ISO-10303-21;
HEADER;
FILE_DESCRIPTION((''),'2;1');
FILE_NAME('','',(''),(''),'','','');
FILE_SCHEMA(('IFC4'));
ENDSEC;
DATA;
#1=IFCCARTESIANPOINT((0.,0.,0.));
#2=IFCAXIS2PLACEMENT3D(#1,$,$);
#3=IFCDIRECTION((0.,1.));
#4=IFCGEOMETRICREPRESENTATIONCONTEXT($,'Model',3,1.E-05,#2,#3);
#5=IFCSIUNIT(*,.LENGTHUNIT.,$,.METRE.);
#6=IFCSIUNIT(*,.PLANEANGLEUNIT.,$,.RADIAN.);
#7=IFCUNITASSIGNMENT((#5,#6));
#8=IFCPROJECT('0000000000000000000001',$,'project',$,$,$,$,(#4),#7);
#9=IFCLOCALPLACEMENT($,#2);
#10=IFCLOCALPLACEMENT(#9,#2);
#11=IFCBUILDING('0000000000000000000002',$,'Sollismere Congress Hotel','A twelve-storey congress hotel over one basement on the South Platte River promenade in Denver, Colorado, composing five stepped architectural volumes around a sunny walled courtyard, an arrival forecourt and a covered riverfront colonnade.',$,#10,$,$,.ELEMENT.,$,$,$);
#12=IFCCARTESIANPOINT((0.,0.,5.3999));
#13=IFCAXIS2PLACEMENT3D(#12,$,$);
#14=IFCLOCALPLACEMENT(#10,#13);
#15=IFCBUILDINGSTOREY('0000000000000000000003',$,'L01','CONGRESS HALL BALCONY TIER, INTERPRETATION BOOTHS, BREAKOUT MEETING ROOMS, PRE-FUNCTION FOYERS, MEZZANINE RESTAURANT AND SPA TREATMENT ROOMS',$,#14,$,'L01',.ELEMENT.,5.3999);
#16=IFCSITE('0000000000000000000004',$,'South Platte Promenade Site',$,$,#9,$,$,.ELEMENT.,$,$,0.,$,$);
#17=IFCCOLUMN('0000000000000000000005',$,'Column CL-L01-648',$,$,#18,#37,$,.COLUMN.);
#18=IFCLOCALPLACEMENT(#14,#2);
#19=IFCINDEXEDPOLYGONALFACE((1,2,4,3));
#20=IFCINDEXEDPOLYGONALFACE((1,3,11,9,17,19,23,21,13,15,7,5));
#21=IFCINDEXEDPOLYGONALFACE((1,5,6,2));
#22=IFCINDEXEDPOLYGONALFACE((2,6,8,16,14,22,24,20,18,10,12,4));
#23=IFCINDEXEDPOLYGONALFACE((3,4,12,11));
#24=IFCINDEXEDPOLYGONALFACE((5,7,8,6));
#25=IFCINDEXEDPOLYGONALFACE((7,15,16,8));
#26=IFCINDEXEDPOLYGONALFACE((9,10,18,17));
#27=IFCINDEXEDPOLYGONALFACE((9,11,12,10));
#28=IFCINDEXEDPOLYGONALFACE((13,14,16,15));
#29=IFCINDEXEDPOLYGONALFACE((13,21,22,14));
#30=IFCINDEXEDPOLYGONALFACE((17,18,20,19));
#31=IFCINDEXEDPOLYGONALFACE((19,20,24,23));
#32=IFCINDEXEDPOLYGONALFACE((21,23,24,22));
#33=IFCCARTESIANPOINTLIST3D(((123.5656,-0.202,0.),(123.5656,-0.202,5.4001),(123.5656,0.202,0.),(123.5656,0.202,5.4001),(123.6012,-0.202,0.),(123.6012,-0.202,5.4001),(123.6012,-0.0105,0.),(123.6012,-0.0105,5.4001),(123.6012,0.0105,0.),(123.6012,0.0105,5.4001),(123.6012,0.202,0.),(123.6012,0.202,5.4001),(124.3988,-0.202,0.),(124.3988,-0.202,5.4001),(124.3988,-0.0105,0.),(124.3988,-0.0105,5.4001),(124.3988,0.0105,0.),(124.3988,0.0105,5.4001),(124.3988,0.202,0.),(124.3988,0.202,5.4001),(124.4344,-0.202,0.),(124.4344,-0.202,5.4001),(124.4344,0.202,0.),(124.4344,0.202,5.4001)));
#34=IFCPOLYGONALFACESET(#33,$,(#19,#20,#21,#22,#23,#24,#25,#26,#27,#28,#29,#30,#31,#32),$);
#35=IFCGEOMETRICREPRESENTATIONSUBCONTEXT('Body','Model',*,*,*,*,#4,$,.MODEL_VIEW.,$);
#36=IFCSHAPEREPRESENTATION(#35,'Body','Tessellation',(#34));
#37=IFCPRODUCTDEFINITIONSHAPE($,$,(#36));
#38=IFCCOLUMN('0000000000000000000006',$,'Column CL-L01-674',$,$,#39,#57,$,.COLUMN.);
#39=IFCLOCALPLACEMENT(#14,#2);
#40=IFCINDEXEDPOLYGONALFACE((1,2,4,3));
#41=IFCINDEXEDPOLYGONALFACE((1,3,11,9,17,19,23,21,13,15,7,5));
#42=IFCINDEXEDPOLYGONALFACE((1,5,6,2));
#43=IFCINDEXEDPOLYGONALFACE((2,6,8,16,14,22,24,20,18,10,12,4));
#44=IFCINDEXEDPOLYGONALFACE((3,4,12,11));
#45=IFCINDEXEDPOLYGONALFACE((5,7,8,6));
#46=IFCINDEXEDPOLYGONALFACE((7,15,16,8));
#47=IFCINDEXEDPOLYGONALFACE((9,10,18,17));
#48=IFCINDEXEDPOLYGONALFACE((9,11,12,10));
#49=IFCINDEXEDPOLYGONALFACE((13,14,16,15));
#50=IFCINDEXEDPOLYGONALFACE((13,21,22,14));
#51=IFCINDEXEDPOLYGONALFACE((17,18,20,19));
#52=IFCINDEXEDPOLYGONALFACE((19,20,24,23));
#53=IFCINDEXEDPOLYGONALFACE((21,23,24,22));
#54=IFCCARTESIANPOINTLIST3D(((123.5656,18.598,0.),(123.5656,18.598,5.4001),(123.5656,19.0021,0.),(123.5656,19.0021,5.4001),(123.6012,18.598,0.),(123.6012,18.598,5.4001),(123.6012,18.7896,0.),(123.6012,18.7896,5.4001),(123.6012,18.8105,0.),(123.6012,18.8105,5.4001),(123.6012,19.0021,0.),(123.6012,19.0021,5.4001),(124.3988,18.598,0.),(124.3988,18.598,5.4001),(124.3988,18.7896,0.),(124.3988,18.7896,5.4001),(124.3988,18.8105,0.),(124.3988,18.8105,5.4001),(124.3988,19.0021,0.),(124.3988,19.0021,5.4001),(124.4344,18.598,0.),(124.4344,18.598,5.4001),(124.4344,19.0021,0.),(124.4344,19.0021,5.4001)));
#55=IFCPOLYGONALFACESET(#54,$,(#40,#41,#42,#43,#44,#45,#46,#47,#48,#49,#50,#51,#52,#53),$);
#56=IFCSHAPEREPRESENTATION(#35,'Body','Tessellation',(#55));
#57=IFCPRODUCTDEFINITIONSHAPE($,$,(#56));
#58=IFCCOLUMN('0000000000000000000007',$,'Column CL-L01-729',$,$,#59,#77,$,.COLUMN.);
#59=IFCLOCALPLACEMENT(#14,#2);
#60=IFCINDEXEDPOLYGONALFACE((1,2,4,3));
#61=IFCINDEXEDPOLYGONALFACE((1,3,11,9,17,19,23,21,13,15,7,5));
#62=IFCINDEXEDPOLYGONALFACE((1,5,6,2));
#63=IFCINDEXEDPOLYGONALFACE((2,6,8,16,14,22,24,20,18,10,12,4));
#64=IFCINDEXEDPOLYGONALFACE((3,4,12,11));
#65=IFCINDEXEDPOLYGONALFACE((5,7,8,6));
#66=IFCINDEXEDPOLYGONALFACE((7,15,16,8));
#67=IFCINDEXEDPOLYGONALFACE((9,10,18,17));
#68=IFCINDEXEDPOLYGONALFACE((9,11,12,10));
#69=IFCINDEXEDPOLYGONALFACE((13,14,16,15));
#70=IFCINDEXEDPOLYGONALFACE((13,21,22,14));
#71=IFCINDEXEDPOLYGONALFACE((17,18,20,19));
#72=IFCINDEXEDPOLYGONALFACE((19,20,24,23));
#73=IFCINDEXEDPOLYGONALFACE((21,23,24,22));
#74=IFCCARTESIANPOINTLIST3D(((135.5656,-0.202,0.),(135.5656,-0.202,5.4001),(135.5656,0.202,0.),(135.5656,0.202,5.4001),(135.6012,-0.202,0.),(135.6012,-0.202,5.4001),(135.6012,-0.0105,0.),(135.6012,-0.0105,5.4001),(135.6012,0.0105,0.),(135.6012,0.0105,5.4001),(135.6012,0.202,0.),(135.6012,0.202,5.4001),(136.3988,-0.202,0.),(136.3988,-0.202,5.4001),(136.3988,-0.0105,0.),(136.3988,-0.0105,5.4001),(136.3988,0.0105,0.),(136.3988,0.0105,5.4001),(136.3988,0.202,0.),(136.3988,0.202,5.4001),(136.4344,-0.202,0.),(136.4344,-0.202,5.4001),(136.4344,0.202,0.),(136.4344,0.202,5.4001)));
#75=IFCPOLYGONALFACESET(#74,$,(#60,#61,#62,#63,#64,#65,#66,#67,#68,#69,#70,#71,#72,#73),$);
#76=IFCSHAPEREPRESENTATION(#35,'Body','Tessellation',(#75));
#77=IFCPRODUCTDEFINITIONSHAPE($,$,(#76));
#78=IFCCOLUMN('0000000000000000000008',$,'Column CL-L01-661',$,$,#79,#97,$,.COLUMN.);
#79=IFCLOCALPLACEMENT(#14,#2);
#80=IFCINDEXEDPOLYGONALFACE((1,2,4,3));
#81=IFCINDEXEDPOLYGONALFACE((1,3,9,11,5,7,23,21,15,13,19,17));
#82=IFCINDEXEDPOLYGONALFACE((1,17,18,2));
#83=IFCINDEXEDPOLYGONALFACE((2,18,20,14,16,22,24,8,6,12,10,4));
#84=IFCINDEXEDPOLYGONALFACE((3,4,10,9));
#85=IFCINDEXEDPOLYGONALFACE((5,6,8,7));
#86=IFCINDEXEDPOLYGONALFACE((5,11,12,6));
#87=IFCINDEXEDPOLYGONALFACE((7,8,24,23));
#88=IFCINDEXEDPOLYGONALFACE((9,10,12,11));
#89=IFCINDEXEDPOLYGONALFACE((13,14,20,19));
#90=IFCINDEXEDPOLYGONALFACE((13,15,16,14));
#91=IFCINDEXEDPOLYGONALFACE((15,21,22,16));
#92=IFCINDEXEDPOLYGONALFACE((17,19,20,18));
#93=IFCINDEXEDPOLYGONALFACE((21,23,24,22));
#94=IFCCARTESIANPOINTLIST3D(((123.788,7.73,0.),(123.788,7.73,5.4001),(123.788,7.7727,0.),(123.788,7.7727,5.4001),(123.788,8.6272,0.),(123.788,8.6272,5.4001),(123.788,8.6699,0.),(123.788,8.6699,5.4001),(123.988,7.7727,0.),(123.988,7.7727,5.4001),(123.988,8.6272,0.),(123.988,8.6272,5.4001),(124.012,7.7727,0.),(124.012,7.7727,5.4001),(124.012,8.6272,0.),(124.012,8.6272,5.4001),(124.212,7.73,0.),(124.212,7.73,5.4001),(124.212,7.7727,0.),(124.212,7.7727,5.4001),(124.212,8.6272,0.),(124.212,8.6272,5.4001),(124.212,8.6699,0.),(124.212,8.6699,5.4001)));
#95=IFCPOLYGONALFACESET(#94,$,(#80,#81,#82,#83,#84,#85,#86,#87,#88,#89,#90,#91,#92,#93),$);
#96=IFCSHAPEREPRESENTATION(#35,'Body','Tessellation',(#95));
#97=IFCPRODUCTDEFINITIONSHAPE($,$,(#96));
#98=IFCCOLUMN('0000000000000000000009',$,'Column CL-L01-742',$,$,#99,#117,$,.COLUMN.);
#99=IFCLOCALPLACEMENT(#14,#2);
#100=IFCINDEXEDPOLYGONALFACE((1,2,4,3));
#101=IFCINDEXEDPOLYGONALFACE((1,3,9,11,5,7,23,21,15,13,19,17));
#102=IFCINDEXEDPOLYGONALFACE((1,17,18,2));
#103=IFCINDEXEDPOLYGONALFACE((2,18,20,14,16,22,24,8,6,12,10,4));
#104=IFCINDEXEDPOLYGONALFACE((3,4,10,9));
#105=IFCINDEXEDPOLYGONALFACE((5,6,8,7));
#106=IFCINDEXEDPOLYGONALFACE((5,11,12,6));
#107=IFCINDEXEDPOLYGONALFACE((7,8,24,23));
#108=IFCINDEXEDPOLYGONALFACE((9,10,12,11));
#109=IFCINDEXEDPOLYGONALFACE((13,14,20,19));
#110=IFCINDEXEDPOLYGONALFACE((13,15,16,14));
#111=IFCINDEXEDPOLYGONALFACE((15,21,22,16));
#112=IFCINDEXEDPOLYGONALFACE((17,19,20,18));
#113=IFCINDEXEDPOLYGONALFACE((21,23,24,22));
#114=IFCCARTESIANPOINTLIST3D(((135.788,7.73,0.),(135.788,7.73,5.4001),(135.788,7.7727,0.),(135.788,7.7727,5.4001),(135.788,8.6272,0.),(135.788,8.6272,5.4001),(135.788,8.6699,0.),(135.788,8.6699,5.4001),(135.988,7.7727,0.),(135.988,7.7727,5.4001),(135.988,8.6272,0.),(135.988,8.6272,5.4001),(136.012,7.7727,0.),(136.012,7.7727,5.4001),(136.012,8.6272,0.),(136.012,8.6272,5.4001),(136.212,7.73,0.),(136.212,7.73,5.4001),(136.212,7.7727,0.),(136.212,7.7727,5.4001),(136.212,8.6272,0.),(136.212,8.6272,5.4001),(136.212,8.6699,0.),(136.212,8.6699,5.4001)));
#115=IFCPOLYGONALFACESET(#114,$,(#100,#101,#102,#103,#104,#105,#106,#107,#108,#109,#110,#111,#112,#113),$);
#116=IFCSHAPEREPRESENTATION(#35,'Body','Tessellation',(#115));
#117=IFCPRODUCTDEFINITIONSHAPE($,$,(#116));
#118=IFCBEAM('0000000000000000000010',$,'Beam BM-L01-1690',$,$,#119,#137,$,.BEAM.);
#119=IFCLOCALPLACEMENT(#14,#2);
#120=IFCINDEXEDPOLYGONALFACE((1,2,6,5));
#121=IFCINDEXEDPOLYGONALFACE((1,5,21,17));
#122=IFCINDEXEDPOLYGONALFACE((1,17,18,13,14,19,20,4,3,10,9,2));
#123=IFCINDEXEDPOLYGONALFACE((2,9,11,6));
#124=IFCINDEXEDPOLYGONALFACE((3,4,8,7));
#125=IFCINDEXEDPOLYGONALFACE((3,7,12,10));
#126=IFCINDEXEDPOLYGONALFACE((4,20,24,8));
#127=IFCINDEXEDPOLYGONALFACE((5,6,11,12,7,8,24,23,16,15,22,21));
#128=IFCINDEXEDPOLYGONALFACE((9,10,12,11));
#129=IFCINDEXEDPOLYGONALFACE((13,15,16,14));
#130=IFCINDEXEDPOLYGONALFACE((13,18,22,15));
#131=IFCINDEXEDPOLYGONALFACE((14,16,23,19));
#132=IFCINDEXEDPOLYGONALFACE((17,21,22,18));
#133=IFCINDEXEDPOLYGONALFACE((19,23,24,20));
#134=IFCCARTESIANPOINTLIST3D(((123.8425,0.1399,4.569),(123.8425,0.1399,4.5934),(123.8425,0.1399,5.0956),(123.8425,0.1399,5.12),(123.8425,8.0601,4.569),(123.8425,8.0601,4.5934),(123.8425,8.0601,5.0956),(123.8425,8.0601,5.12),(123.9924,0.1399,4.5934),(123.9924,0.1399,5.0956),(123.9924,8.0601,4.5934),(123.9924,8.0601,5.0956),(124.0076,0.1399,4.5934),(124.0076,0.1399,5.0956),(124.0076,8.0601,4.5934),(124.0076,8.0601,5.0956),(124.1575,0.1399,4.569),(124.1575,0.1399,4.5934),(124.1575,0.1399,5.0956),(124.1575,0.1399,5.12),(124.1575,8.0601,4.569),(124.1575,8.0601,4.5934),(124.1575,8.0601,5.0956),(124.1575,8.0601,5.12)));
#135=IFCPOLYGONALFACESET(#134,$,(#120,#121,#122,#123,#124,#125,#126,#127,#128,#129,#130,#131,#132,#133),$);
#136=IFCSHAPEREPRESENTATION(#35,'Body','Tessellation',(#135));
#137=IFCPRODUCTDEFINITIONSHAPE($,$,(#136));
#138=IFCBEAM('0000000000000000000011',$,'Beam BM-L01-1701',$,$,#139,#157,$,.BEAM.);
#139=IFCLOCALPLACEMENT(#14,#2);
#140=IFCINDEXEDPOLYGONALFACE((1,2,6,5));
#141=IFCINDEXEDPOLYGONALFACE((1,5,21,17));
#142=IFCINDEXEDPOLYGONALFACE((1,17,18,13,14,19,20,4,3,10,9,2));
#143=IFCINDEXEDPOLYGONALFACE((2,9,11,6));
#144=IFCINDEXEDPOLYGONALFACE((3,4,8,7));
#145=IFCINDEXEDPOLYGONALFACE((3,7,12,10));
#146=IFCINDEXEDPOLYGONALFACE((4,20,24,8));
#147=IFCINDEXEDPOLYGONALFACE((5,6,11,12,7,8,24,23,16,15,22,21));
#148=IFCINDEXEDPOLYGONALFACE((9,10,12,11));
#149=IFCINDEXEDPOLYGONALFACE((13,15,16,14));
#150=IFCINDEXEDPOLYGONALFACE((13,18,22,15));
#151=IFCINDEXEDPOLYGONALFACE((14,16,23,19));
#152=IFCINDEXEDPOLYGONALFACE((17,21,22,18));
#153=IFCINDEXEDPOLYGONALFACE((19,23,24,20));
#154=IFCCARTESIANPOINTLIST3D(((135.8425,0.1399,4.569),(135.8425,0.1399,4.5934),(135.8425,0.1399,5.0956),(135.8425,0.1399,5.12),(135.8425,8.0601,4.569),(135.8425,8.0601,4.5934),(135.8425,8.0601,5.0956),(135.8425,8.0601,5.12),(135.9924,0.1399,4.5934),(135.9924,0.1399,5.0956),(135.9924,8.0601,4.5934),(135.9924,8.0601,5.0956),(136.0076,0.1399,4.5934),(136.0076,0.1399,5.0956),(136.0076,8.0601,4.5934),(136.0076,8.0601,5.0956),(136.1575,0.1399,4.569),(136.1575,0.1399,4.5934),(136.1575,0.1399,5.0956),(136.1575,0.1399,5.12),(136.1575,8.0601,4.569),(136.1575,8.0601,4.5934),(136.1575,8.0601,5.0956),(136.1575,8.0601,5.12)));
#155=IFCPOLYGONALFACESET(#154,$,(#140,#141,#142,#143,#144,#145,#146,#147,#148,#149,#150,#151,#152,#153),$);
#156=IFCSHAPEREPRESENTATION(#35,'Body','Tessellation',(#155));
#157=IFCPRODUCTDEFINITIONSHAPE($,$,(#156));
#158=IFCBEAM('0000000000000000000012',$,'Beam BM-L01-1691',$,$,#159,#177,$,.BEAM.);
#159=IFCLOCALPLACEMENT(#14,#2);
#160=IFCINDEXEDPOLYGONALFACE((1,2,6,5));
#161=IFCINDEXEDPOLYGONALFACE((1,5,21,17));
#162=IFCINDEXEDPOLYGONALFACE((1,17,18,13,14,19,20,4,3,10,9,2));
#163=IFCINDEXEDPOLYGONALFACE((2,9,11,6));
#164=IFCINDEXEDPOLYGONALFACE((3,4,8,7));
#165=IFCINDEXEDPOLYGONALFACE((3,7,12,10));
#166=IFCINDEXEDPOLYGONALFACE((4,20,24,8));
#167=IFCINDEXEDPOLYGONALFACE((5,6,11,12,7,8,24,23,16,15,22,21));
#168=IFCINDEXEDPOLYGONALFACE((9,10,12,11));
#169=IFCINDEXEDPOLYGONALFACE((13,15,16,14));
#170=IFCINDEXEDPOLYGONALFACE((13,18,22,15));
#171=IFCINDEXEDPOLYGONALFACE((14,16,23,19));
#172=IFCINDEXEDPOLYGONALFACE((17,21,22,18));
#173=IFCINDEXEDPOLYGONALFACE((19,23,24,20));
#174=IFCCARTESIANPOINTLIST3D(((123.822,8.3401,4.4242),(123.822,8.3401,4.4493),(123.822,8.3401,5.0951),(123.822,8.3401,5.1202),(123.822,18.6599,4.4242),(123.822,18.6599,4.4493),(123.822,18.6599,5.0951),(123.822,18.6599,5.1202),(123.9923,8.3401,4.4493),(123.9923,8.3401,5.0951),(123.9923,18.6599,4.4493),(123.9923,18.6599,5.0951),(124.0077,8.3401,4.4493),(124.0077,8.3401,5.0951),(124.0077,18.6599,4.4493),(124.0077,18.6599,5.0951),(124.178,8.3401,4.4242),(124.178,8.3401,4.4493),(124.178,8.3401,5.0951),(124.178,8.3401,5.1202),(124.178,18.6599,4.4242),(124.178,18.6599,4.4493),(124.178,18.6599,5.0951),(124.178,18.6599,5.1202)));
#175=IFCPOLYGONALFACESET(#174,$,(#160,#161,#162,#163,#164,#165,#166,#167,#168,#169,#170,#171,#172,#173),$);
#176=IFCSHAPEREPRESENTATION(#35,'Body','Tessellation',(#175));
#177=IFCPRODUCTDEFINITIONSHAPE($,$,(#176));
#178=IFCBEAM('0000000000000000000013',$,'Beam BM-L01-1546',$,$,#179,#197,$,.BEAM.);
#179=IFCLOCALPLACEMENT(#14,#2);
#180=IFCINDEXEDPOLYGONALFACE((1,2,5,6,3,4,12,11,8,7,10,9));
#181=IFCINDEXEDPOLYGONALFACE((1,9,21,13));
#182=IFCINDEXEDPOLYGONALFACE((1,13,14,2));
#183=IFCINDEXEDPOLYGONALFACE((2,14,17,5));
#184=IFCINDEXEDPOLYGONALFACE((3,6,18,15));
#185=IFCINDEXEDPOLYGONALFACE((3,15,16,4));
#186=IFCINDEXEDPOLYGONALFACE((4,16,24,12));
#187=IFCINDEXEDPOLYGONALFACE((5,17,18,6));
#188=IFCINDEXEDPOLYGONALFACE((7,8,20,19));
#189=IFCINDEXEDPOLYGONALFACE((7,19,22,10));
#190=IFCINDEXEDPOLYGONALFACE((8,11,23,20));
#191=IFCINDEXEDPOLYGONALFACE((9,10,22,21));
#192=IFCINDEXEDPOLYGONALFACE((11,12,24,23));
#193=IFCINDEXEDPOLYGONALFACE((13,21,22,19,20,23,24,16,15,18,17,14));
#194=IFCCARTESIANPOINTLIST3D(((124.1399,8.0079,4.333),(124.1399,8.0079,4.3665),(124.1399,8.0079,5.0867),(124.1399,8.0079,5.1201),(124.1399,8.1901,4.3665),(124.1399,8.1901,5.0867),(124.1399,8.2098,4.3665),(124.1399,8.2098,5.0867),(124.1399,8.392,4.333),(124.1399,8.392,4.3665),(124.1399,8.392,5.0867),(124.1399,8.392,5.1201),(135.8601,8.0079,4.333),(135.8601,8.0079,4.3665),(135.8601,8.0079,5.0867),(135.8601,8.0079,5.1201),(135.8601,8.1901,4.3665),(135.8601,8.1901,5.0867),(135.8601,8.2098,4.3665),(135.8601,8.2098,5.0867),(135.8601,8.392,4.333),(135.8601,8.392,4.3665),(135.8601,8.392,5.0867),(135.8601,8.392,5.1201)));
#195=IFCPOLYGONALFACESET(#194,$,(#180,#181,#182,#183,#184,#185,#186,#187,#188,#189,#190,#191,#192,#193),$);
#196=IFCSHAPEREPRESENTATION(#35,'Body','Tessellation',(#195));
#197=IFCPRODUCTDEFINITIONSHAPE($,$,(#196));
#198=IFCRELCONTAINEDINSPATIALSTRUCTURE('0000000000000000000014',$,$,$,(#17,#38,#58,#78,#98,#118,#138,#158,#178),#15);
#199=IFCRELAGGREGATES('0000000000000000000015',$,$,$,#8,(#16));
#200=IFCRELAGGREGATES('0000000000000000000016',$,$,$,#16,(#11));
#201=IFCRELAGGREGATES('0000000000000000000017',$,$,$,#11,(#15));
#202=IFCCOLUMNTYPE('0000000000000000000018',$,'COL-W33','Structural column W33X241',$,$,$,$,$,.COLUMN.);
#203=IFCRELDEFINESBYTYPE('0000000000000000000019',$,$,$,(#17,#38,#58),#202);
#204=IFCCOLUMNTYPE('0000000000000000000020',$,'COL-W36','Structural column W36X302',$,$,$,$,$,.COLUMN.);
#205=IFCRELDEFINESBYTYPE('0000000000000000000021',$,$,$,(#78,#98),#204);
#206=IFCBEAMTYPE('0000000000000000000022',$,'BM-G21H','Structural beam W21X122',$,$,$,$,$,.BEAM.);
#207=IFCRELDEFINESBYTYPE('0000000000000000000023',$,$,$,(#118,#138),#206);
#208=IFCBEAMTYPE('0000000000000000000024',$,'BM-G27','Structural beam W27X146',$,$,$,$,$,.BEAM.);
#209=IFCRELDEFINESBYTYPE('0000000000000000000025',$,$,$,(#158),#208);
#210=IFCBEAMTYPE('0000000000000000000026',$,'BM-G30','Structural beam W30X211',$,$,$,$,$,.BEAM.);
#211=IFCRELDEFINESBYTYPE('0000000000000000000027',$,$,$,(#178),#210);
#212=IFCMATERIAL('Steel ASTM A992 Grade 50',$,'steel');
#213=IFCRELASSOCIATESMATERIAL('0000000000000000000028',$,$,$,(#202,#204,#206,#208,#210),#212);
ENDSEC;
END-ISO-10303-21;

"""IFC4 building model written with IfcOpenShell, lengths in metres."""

from ifc_helpers import new_model, si_unit, direction, frame, origin, origin_2d, place, context, subcontext, project, spatial, i_section, extrude, material, material_profile, profile_set, type_object, element, save


model = new_model("IFC4")

# Units and contexts
model_context = context("Model", 3, precision=1e-05, world=origin(), true_north=direction((0.0, 1.0)))
body_context = subcontext(model_context, "Body", "Model", "MODEL_VIEW")
ifc_project = project(units=[si_unit("LENGTHUNIT", "METRE"), si_unit("PLANEANGLEUNIT", "RADIAN")], contexts=[model_context])

# Site, building, storey
site_placement = place(None, origin())
site = spatial("IfcSite", under=ifc_project, at=site_placement, Name="South Platte Promenade Site", CompositionType="ELEMENT", RefElevation=0.0)
building_placement = place(site_placement, origin())
building = spatial("IfcBuilding", under=site, at=building_placement, Name="Sollismere Congress Hotel", Description="A twelve-storey congress hotel over one basement on the South Platte River promenade in Denver, Colorado, composing five stepped architectural volumes around a sunny walled courtyard, an arrival forecourt and a covered riverfront colonnade.", CompositionType="ELEMENT")
storey_placement = place(building_placement, frame((0.0, 0.0, 5.3999)))
storey = spatial("IfcBuildingStorey", under=building, at=storey_placement, Name="L01", Description="CONGRESS HALL BALCONY TIER, INTERPRETATION BOOTHS, BREAKOUT MEETING ROOMS, PRE-FUNCTION FOYERS, MEZZANINE RESTAURANT AND SPA TREATMENT ROOMS", LongName="L01", CompositionType="ELEMENT", Elevation=5.3999)

# Columns
ifc_material_1 = material(Name="Steel ASTM A992 Grade 50", Category="steel")
ifc_material_profile_1 = material_profile(ifc_material_1, i_section(OverallWidth=0.4041, OverallDepth=0.8689, WebThickness=0.021, FlangeThickness=0.0356, at=origin_2d()), Name="W33X241")
ifc_profile_set_1 = profile_set([ifc_material_profile_1], Name="Steel ASTM A992 Grade 50")
column_type_1 = type_object("IfcColumnType", Name="COL-W33", Description="Structural column W33X241", PredefinedType="COLUMN", material=ifc_profile_set_1)
for number, where, z_axis, x_axis, name in (
    (1, (124.0, 0.0, 0.0), (0.0, 0.0, 1.0), (0.0, 1.0, 0.0), "Column CL-L01-648"),
    (2, (124.0, 18.8, 0.0), (0.0, 0.0, 1.0), (0.0, 1.0, 0.0), "Column CL-L01-674"),
    (3, (136.0, 0.0, 0.0), (0.0, 0.0, 1.0), (0.0, 1.0, 0.0), "Column CL-L01-729"),
):
    element("IfcColumn", number, at=place(storey_placement, frame(where, z_axis=z_axis, x_axis=x_axis)), inside=storey, type_object=column_type_1, Name=name, PredefinedType="COLUMN", context=body_context, shape_type="SweptSolid", body=[
        extrude(i_section(OverallWidth=0.4041, OverallDepth=0.8689, WebThickness=0.021, FlangeThickness=0.0356, at=origin_2d()), origin(), (0.0, 0.0, 1.0), 5.4001),
    ])
ifc_material_profile_2 = material_profile(ifc_material_1, i_section(OverallWidth=0.4241, OverallDepth=0.9399, WebThickness=0.0239, FlangeThickness=0.0427, at=origin_2d()), Name="W36X302")
ifc_profile_set_2 = profile_set([ifc_material_profile_2], Name="Steel ASTM A992 Grade 50")
column_type_2 = type_object("IfcColumnType", Name="COL-W36", Description="Structural column W36X302", PredefinedType="COLUMN", material=ifc_profile_set_2)
for number, where, z_axis, x_axis, name in (
    (4, (124.0, 8.2, 0.0), (0.0, 0.0, 1.0), (1.0, 0.0, 0.0), "Column CL-L01-661"),
    (5, (136.0, 8.2, 0.0), (0.0, 0.0, 1.0), (1.0, 0.0, 0.0), "Column CL-L01-742"),
):
    element("IfcColumn", number, at=place(storey_placement, frame(where, z_axis=z_axis, x_axis=x_axis)), inside=storey, type_object=column_type_2, Name=name, PredefinedType="COLUMN", context=body_context, shape_type="SweptSolid", body=[
        extrude(i_section(OverallWidth=0.4241, OverallDepth=0.9399, WebThickness=0.0239, FlangeThickness=0.0427, at=origin_2d()), origin(), (0.0, 0.0, 1.0), 5.4001),
    ])

# Beams
ifc_material_profile_3 = material_profile(ifc_material_1, i_section(OverallWidth=0.3149, OverallDepth=0.551, WebThickness=0.0151, FlangeThickness=0.0244, at=origin_2d()), Name="W21X122")
ifc_profile_set_3 = profile_set([ifc_material_profile_3], Name="Steel ASTM A992 Grade 50")
beam_type_1 = type_object("IfcBeamType", Name="BM-G21H", Description="Structural beam W21X122", PredefinedType="BEAM", material=ifc_profile_set_3)
for number, where, z_axis, x_axis, name in (
    (6, (124.0, 0.1399, 4.8445), (0.0, 1.0, 0.0), (-1.0, 0.0, 0.0), "Beam BM-L01-1690"),
    (7, (136.0, 0.1399, 4.8445), (0.0, 1.0, 0.0), (-1.0, 0.0, 0.0), "Beam BM-L01-1701"),
):
    element("IfcBeam", number, at=place(storey_placement, frame(where, z_axis=z_axis, x_axis=x_axis)), inside=storey, type_object=beam_type_1, Name=name, PredefinedType="BEAM", context=body_context, shape_type="SweptSolid", body=[
        extrude(i_section(OverallWidth=0.3149, OverallDepth=0.551, WebThickness=0.0151, FlangeThickness=0.0244, at=origin_2d()), origin(), (0.0, 0.0, 1.0), 7.9202),
    ])
ifc_material_profile_4 = material_profile(ifc_material_1, i_section(OverallWidth=0.356, OverallDepth=0.696, WebThickness=0.0154, FlangeThickness=0.0251, at=origin_2d()), Name="W27X146")
ifc_profile_set_4 = profile_set([ifc_material_profile_4], Name="Steel ASTM A992 Grade 50")
beam_type_2 = type_object("IfcBeamType", Name="BM-G27", Description="Structural beam W27X146", PredefinedType="BEAM", material=ifc_profile_set_4)
beam_1_placement = place(storey_placement, frame((124.0, 8.3401, 4.7722), z_axis=(0.0, 1.0, 0.0), x_axis=(-1.0, 0.0, 0.0)))
element("IfcBeam", 8, at=beam_1_placement, inside=storey, type_object=beam_type_2, Name="Beam BM-L01-1691", PredefinedType="BEAM", context=body_context, shape_type="SweptSolid", body=[
    extrude(i_section(OverallWidth=0.356, OverallDepth=0.696, WebThickness=0.0154, FlangeThickness=0.0251, at=origin_2d()), origin(), (0.0, 0.0, 1.0), 10.3198),
])
ifc_material_profile_5 = material_profile(ifc_material_1, i_section(OverallWidth=0.384, OverallDepth=0.7871, WebThickness=0.0198, FlangeThickness=0.0334, at=origin_2d()), Name="W30X211")
ifc_profile_set_5 = profile_set([ifc_material_profile_5], Name="Steel ASTM A992 Grade 50")
beam_type_3 = type_object("IfcBeamType", Name="BM-G30", Description="Structural beam W30X211", PredefinedType="BEAM", material=ifc_profile_set_5)
beam_2_placement = place(storey_placement, frame((124.1399, 8.2, 4.7266), z_axis=(1.0, 0.0, 0.0), x_axis=(0.0, 1.0, 0.0)))
element("IfcBeam", 9, at=beam_2_placement, inside=storey, type_object=beam_type_3, Name="Beam BM-L01-1546", PredefinedType="BEAM", context=body_context, shape_type="SweptSolid", body=[
    extrude(i_section(OverallWidth=0.384, OverallDepth=0.7871, WebThickness=0.0198, FlangeThickness=0.0334, at=origin_2d()), origin(), (0.0, 0.0, 1.0), 11.7202),
])

save(model, "model.ifc")
